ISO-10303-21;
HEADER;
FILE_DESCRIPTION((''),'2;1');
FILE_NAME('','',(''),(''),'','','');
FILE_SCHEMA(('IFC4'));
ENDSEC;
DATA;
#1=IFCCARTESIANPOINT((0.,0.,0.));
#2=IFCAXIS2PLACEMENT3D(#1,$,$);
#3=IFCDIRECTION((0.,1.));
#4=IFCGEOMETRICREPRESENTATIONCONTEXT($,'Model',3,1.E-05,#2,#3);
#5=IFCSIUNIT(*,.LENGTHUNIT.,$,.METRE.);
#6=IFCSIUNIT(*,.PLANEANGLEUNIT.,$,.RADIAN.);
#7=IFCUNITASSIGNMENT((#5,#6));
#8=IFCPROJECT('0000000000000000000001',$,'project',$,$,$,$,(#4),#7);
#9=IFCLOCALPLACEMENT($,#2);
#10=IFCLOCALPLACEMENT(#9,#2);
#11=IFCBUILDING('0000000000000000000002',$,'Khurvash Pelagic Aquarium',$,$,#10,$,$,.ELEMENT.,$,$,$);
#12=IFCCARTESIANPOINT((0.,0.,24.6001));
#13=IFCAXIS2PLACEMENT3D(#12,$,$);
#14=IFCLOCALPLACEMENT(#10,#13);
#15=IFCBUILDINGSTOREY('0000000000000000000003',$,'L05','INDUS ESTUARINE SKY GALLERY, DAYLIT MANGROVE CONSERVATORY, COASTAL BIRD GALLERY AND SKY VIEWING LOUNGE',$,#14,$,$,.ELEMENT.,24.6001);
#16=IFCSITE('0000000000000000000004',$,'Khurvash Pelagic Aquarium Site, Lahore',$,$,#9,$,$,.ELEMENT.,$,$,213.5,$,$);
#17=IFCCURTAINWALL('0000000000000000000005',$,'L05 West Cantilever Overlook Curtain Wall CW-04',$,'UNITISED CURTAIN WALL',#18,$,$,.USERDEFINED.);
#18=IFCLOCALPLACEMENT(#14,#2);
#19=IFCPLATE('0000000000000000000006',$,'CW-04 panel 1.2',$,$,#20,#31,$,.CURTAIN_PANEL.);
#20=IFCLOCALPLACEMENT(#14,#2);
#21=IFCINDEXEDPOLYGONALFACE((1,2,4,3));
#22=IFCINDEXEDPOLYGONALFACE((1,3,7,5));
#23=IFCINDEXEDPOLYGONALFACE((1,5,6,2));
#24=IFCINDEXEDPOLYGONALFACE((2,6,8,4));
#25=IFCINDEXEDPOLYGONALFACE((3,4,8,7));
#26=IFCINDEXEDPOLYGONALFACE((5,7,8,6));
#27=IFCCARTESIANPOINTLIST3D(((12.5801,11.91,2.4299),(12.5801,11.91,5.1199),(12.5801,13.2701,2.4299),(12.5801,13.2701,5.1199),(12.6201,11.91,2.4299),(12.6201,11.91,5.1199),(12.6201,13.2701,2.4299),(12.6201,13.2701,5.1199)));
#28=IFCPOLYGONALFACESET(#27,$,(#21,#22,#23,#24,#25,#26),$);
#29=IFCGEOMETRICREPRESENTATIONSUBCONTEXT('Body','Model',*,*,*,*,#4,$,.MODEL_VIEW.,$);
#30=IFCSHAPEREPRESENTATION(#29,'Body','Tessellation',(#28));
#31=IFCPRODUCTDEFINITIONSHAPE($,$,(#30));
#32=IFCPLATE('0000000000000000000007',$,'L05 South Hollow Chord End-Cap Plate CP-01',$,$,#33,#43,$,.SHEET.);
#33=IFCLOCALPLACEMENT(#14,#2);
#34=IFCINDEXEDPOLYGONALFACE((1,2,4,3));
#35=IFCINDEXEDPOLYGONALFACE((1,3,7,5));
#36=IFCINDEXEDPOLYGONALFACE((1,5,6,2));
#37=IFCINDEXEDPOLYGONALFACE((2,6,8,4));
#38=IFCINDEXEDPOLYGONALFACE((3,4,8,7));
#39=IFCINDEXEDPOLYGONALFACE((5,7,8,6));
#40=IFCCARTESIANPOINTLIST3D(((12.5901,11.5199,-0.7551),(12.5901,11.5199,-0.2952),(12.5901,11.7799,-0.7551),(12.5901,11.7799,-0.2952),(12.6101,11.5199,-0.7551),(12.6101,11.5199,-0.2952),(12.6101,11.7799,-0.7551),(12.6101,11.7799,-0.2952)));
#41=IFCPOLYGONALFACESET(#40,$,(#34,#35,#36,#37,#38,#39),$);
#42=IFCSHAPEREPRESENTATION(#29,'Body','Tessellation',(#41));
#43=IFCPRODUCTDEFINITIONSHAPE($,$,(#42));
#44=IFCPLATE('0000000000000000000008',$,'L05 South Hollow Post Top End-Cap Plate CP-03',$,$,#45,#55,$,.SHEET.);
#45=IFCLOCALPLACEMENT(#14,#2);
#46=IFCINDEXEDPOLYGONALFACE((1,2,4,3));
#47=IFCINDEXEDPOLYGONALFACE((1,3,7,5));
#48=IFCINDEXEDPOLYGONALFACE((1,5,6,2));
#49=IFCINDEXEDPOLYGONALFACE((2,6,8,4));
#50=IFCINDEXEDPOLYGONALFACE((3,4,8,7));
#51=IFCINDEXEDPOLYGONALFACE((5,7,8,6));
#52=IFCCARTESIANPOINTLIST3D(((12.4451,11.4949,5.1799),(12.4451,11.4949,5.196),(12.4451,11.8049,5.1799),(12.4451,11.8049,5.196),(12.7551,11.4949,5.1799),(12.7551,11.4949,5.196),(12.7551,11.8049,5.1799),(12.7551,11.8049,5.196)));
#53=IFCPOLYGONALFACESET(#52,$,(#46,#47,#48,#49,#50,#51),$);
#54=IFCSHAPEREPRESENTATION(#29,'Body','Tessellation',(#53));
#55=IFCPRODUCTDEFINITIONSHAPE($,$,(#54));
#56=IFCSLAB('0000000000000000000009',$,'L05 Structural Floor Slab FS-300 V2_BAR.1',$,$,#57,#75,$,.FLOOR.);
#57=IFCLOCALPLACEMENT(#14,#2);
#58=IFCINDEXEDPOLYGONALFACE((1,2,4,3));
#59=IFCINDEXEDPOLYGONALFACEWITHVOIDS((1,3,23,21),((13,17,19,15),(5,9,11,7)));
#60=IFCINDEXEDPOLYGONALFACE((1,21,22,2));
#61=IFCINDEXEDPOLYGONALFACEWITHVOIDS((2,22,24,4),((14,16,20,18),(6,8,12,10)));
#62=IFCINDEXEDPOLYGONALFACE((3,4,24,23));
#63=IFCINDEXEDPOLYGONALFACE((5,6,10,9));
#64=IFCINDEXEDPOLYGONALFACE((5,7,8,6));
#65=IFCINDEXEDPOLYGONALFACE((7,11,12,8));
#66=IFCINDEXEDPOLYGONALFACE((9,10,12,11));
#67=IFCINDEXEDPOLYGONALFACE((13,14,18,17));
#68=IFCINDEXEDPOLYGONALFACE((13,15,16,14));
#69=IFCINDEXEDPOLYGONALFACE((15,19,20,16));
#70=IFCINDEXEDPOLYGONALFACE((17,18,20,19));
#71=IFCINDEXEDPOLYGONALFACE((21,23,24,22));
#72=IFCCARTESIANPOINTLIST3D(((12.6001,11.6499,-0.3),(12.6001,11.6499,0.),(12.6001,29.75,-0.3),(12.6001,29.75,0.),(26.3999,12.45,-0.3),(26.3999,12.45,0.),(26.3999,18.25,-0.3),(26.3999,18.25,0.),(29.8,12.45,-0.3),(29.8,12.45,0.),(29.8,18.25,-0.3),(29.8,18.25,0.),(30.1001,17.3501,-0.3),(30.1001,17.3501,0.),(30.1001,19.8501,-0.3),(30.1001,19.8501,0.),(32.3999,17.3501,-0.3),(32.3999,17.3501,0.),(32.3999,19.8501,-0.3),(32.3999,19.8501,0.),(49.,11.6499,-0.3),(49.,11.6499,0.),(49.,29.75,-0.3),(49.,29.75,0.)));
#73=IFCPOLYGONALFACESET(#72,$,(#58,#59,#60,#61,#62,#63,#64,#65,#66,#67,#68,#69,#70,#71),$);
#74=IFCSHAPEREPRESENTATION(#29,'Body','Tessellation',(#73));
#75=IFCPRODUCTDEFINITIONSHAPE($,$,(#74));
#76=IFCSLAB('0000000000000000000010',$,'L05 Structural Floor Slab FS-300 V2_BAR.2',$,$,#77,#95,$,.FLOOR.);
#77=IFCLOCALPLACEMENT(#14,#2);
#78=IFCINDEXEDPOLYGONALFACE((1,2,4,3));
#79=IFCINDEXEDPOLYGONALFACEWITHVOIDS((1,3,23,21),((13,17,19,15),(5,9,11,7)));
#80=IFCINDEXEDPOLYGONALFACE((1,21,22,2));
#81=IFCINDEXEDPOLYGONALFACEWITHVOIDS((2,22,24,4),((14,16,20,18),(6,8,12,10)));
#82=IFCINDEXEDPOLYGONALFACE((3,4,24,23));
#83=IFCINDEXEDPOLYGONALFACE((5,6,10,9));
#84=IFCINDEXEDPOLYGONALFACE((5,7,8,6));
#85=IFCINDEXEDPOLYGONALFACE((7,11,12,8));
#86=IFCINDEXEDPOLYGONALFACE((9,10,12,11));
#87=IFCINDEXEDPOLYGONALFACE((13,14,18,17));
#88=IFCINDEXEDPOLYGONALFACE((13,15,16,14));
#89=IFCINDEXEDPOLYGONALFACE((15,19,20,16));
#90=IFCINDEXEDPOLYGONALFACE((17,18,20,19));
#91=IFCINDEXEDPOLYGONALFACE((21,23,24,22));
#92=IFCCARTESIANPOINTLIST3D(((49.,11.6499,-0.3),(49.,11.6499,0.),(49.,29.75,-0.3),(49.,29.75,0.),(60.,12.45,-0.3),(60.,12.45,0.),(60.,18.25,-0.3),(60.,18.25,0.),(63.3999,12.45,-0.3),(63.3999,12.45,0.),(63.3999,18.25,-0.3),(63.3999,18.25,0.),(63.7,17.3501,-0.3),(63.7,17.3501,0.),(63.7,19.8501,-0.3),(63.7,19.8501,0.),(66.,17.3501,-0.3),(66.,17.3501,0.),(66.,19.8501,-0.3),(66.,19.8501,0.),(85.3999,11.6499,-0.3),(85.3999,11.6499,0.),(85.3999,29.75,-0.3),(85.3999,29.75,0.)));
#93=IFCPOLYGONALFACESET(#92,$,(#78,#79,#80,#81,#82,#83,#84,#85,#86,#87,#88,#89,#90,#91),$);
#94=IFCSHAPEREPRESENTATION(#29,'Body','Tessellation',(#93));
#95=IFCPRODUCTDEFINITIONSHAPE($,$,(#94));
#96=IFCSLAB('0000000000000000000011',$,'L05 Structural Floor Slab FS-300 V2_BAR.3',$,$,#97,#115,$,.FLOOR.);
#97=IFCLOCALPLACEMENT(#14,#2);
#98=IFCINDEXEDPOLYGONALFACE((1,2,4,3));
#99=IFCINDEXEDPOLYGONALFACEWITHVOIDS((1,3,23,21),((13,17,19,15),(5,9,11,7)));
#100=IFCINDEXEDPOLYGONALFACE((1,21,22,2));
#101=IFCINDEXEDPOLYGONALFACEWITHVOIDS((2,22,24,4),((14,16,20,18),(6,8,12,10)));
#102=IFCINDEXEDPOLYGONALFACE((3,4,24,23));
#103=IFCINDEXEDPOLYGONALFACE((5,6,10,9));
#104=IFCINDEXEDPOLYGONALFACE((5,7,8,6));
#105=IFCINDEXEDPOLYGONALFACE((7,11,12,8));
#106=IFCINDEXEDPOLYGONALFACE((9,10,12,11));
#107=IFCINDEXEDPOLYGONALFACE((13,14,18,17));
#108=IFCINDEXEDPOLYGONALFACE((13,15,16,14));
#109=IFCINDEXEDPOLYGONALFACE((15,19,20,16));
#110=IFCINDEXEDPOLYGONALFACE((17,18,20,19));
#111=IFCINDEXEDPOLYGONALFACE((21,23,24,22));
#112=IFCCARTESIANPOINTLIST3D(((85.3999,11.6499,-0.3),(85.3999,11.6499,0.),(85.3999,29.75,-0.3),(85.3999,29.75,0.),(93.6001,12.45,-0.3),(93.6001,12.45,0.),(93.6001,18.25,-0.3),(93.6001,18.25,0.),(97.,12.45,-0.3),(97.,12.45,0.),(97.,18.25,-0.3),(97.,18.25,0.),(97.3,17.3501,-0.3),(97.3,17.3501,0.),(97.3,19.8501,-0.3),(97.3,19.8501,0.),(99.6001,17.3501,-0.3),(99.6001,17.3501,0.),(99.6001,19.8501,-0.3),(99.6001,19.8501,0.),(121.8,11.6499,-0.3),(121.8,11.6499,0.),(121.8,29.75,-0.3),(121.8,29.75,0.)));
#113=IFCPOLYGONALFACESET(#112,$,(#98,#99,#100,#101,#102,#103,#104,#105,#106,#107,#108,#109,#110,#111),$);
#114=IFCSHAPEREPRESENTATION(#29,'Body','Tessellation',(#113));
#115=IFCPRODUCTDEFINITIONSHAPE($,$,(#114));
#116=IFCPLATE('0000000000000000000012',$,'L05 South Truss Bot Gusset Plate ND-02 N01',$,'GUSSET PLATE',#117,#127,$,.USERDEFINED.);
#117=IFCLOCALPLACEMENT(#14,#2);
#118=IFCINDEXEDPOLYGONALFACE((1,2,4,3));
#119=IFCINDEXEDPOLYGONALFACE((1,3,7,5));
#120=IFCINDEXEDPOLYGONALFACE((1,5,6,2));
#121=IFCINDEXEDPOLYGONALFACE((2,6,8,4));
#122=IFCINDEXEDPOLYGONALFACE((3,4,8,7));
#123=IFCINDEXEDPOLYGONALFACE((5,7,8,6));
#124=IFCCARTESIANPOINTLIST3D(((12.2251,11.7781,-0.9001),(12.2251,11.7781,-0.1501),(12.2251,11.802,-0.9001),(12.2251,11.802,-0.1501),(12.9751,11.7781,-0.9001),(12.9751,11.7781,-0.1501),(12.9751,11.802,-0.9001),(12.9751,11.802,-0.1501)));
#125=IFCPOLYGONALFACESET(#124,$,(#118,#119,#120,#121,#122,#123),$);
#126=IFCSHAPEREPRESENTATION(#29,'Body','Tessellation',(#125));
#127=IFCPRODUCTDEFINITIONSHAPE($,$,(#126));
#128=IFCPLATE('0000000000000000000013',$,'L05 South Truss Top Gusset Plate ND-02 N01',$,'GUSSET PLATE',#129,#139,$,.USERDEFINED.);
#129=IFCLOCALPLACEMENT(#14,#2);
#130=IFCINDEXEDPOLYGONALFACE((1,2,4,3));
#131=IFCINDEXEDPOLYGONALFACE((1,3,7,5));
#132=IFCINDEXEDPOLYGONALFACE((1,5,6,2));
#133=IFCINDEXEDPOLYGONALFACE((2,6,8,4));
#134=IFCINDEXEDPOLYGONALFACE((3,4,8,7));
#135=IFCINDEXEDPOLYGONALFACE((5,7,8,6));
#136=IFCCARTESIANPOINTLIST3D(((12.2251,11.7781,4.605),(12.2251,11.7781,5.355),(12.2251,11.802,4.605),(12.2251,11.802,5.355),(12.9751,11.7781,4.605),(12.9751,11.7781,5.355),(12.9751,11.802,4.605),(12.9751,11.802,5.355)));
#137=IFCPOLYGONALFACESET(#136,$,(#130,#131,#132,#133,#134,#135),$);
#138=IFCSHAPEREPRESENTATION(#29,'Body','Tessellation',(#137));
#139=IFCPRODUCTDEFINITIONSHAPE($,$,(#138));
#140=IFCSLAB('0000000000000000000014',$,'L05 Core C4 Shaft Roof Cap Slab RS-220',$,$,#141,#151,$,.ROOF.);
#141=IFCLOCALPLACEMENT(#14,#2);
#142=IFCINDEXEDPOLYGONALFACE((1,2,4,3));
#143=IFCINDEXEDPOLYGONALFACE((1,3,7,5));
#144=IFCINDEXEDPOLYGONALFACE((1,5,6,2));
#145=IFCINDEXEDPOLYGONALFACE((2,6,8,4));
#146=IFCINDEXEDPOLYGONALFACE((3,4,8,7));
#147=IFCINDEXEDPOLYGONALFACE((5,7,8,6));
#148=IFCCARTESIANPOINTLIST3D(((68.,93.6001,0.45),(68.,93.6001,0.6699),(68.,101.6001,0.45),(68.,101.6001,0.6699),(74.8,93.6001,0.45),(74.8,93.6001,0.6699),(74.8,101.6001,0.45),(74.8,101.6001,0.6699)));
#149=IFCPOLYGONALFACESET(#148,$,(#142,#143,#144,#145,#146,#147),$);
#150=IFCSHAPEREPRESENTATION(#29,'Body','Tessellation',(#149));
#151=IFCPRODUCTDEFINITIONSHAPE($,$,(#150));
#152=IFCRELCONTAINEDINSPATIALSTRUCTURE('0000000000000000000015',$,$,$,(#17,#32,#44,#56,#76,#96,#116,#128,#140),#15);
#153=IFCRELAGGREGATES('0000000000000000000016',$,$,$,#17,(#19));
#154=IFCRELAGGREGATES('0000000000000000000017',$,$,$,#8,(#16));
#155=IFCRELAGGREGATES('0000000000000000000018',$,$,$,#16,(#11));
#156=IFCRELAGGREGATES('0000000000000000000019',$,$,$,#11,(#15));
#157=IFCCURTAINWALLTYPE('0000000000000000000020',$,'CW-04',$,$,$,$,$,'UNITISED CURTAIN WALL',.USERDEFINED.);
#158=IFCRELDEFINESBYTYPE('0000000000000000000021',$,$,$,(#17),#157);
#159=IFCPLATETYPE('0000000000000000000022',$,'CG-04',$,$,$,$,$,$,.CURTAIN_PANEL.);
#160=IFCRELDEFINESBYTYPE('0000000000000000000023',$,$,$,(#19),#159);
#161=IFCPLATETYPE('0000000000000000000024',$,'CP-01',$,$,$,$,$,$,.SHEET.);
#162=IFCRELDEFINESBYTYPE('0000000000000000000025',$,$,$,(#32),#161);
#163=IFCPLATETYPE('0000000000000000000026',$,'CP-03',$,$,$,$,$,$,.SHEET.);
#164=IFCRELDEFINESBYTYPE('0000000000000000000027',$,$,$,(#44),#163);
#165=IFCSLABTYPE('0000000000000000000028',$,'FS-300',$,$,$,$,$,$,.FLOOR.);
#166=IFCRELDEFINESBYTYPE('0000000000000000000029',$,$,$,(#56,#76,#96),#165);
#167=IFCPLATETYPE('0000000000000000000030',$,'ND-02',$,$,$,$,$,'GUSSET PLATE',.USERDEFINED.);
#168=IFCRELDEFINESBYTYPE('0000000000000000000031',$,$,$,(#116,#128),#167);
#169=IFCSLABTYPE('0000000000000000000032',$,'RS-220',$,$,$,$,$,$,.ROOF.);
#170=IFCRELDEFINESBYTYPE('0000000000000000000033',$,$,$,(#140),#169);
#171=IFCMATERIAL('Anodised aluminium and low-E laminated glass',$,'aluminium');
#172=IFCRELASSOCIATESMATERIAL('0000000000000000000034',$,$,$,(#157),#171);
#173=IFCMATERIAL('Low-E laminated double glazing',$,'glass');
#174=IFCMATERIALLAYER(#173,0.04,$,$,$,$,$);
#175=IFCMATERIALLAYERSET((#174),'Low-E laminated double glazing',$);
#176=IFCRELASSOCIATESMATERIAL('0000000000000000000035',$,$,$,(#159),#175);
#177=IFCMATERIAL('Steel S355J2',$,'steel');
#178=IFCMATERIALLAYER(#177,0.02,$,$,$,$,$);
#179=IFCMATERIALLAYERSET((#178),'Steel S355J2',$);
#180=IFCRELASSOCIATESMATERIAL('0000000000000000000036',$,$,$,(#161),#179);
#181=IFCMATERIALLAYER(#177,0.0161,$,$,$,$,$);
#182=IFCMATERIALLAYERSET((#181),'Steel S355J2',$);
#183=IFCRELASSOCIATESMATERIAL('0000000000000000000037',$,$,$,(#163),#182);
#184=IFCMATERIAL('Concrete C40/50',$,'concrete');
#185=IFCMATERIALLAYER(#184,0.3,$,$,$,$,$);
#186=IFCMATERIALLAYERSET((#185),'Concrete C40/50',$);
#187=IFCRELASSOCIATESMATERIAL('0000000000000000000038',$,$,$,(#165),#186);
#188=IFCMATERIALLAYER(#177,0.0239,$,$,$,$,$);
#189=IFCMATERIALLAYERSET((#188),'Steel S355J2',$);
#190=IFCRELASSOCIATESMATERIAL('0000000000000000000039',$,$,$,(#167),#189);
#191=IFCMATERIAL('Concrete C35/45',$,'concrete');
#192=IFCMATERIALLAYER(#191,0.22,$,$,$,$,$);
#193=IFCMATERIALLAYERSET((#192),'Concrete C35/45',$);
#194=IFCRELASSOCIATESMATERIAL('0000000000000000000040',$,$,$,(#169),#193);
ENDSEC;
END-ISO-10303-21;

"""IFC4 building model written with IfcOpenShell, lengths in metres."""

from ifc_helpers import new_model, si_unit, direction, frame, origin, origin_2d, place, context, subcontext, project, spatial, polyline, rectangle, outline, extrude, material, layer, layer_set, type_object, element, aggregate, save


model = new_model("IFC4")

# Units and contexts
model_context = context("Model", 3, precision=1e-05, world=origin(), true_north=direction((0.0, 1.0)))
body_context = subcontext(model_context, "Body", "Model", "MODEL_VIEW")
ifc_project = project(units=[si_unit("LENGTHUNIT", "METRE"), si_unit("PLANEANGLEUNIT", "RADIAN")], contexts=[model_context])

# Site, building, storey
site_placement = place(None, origin())
site = spatial("IfcSite", under=ifc_project, at=site_placement, Name="Khurvash Pelagic Aquarium Site, Lahore", CompositionType="ELEMENT", RefElevation=213.5)
building_placement = place(site_placement, origin())
building = spatial("IfcBuilding", under=site, at=building_placement, Name="Khurvash Pelagic Aquarium", CompositionType="ELEMENT")
storey_placement = place(building_placement, frame((0.0, 0.0, 24.6001)))
storey = spatial("IfcBuildingStorey", under=building, at=storey_placement, Name="L05", Description="INDUS ESTUARINE SKY GALLERY, DAYLIT MANGROVE CONSERVATORY, COASTAL BIRD GALLERY AND SKY VIEWING LOUNGE", CompositionType="ELEMENT", Elevation=24.6001)

# Curtain wall
ifc_material_1 = material(Name="Anodised aluminium and low-E laminated glass", Category="aluminium")
curtain_wall_type = type_object("IfcCurtainWallType", Name="CW-04", ElementType="UNITISED CURTAIN WALL", PredefinedType="USERDEFINED", material=ifc_material_1)
curtain_wall_placement = place(storey_placement, origin())
curtain_wall = element("IfcCurtainWall", 1, at=curtain_wall_placement, inside=storey, type_object=curtain_wall_type, Name="L05 West Cantilever Overlook Curtain Wall CW-04", ObjectType="UNITISED CURTAIN WALL", PredefinedType="USERDEFINED")

# Shared definitions
ifc_material_2 = material(Name="Steel S355J2", Category="steel")

# Plate
ifc_material_3 = material(Name="Low-E laminated double glazing", Category="glass")
ifc_layer_1 = layer(ifc_material_3, 0.04)
ifc_layer_set_1 = layer_set([ifc_layer_1], Name="Low-E laminated double glazing")
plate_type_1 = type_object("IfcPlateType", Name="CG-04", PredefinedType="CURTAIN_PANEL", material=ifc_layer_set_1)
plate_1_placement = place(storey_placement, frame((12.6001, 12.5901, 2.4299), z_axis=(0.0, 0.0, 1.0), x_axis=(0.0, 1.0, 0.0)))
plate_1 = element("IfcPlate", 2, at=plate_1_placement, type_object=plate_type_1, Name="CW-04 panel 1.2", PredefinedType="CURTAIN_PANEL", context=body_context, shape_type="SweptSolid", body=[
    extrude(rectangle(XDim=1.3601, YDim=0.04, at=origin_2d()), origin(), (0.0, 0.0, 1.0), 2.6899),
])
aggregate(curtain_wall, [plate_1])

# Plates
ifc_layer_2 = layer(ifc_material_2, 0.02)
ifc_layer_set_2 = layer_set([ifc_layer_2], Name="Steel S355J2")
plate_type_2 = type_object("IfcPlateType", Name="CP-01", PredefinedType="SHEET", material=ifc_layer_set_2)
plate_2_placement = place(storey_placement, frame((12.6001, 11.6499, -0.7551), z_axis=(0.0, 0.0, 1.0), x_axis=(0.0, 1.0, 0.0)))
element("IfcPlate", 3, at=plate_2_placement, inside=storey, type_object=plate_type_2, Name="L05 South Hollow Chord End-Cap Plate CP-01", PredefinedType="SHEET", context=body_context, shape_type="SweptSolid", body=[
    extrude(rectangle(XDim=0.26, YDim=0.02, at=origin_2d()), origin(), (0.0, 0.0, 1.0), 0.46),
])
ifc_layer_3 = layer(ifc_material_2, 0.0161)
ifc_layer_set_3 = layer_set([ifc_layer_3], Name="Steel S355J2")
plate_type_3 = type_object("IfcPlateType", Name="CP-03", PredefinedType="SHEET", material=ifc_layer_set_3)
plate_3_placement = place(storey_placement, frame((12.6001, 11.6499, 5.1799), z_axis=(0.0, 0.0, 1.0), x_axis=(1.0, 0.0, 0.0)))
element("IfcPlate", 4, at=plate_3_placement, inside=storey, type_object=plate_type_3, Name="L05 South Hollow Post Top End-Cap Plate CP-03", PredefinedType="SHEET", context=body_context, shape_type="SweptSolid", body=[
    extrude(rectangle(XDim=0.3101, YDim=0.3101, at=origin_2d()), origin(), (0.0, 0.0, 1.0), 0.0161),
])

# Slabs
ifc_material_4 = material(Name="Concrete C40/50", Category="concrete")
ifc_layer_4 = layer(ifc_material_4, 0.3)
ifc_layer_set_4 = layer_set([ifc_layer_4], Name="Concrete C40/50")
slab_type_1 = type_object("IfcSlabType", Name="FS-300", PredefinedType="FLOOR", material=ifc_layer_set_4)
slab_1_placement = place(storey_placement, frame((0.0, 0.0, -0.3)))
element("IfcSlab", 5, at=slab_1_placement, inside=storey, type_object=slab_type_1, Name="L05 Structural Floor Slab FS-300 V2_BAR.1", PredefinedType="FLOOR", context=body_context, shape_type="SweptSolid", body=[
    extrude(outline(polyline([(12.6001, 11.6499), (49.0, 11.6499), (49.0, 29.75), (12.6001, 29.75), (12.6001, 11.6499)]), holes=[polyline([(26.3999, 12.45), (26.3999, 18.25), (29.8, 18.25), (29.8, 12.45), (26.3999, 12.45)]), polyline([(32.3999, 17.3501), (30.1001, 17.3501), (30.1001, 19.8501), (32.3999, 19.8501), (32.3999, 17.3501)])]), origin(), (0.0, 0.0, 1.0), 0.3),
])
slab_2_placement = place(storey_placement, frame((0.0, 0.0, -0.3)))
element("IfcSlab", 6, at=slab_2_placement, inside=storey, type_object=slab_type_1, Name="L05 Structural Floor Slab FS-300 V2_BAR.2", PredefinedType="FLOOR", context=body_context, shape_type="SweptSolid", body=[
    extrude(outline(polyline([(85.3999, 11.6499), (85.3999, 29.75), (49.0, 29.75), (49.0, 11.6499), (85.3999, 11.6499)]), holes=[polyline([(60.0, 12.45), (60.0, 18.25), (63.3999, 18.25), (63.3999, 12.45), (60.0, 12.45)]), polyline([(66.0, 17.3501), (63.7, 17.3501), (63.7, 19.8501), (66.0, 19.8501), (66.0, 17.3501)])]), origin(), (0.0, 0.0, 1.0), 0.3),
])
slab_3_placement = place(storey_placement, frame((0.0, 0.0, -0.3)))
element("IfcSlab", 7, at=slab_3_placement, inside=storey, type_object=slab_type_1, Name="L05 Structural Floor Slab FS-300 V2_BAR.3", PredefinedType="FLOOR", context=body_context, shape_type="SweptSolid", body=[
    extrude(outline(polyline([(121.8, 11.6499), (121.8, 29.75), (85.3999, 29.75), (85.3999, 11.6499), (121.8, 11.6499)]), holes=[polyline([(93.6001, 12.45), (93.6001, 18.25), (97.0, 18.25), (97.0, 12.45), (93.6001, 12.45)]), polyline([(99.6001, 17.3501), (97.3, 17.3501), (97.3, 19.8501), (99.6001, 19.8501), (99.6001, 17.3501)])]), origin(), (0.0, 0.0, 1.0), 0.3),
])

# Plates
ifc_layer_5 = layer(ifc_material_2, 0.0239)
ifc_layer_set_5 = layer_set([ifc_layer_5], Name="Steel S355J2")
plate_type_4 = type_object("IfcPlateType", Name="ND-02", ElementType="GUSSET PLATE", PredefinedType="USERDEFINED", material=ifc_layer_set_5)
for number, where, z_axis, x_axis, name in (
    (8, (12.6001, 11.79, -0.9001), (0.0, 0.0, 1.0), (1.0, 0.0, 0.0), "L05 South Truss Bot Gusset Plate ND-02 N01"),
    (9, (12.6001, 11.79, 4.605), (0.0, 0.0, 1.0), (1.0, 0.0, 0.0), "L05 South Truss Top Gusset Plate ND-02 N01"),
):
    element("IfcPlate", number, at=place(storey_placement, frame(where, z_axis=z_axis, x_axis=x_axis)), inside=storey, type_object=plate_type_4, Name=name, ObjectType="GUSSET PLATE", PredefinedType="USERDEFINED", context=body_context, shape_type="SweptSolid", body=[
        extrude(rectangle(XDim=0.75, YDim=0.0239, at=origin_2d()), origin(), (0.0, 0.0, 1.0), 0.75),
    ])

# Slab
ifc_material_5 = material(Name="Concrete C35/45", Category="concrete")
ifc_layer_6 = layer(ifc_material_5, 0.22)
ifc_layer_set_6 = layer_set([ifc_layer_6], Name="Concrete C35/45")
slab_type_2 = type_object("IfcSlabType", Name="RS-220", PredefinedType="ROOF", material=ifc_layer_set_6)
slab_4_placement = place(storey_placement, frame((0.0, 0.0, 0.45)))
element("IfcSlab", 10, at=slab_4_placement, inside=storey, type_object=slab_type_2, Name="L05 Core C4 Shaft Roof Cap Slab RS-220", PredefinedType="ROOF", context=body_context, shape_type="SweptSolid", body=[
    extrude(outline(polyline([(68.0, 93.6001), (74.8, 93.6001), (74.8, 101.6001), (68.0, 101.6001), (68.0, 93.6001)])), origin(), (0.0, 0.0, 1.0), 0.22),
])

save(model, "model.ifc")
